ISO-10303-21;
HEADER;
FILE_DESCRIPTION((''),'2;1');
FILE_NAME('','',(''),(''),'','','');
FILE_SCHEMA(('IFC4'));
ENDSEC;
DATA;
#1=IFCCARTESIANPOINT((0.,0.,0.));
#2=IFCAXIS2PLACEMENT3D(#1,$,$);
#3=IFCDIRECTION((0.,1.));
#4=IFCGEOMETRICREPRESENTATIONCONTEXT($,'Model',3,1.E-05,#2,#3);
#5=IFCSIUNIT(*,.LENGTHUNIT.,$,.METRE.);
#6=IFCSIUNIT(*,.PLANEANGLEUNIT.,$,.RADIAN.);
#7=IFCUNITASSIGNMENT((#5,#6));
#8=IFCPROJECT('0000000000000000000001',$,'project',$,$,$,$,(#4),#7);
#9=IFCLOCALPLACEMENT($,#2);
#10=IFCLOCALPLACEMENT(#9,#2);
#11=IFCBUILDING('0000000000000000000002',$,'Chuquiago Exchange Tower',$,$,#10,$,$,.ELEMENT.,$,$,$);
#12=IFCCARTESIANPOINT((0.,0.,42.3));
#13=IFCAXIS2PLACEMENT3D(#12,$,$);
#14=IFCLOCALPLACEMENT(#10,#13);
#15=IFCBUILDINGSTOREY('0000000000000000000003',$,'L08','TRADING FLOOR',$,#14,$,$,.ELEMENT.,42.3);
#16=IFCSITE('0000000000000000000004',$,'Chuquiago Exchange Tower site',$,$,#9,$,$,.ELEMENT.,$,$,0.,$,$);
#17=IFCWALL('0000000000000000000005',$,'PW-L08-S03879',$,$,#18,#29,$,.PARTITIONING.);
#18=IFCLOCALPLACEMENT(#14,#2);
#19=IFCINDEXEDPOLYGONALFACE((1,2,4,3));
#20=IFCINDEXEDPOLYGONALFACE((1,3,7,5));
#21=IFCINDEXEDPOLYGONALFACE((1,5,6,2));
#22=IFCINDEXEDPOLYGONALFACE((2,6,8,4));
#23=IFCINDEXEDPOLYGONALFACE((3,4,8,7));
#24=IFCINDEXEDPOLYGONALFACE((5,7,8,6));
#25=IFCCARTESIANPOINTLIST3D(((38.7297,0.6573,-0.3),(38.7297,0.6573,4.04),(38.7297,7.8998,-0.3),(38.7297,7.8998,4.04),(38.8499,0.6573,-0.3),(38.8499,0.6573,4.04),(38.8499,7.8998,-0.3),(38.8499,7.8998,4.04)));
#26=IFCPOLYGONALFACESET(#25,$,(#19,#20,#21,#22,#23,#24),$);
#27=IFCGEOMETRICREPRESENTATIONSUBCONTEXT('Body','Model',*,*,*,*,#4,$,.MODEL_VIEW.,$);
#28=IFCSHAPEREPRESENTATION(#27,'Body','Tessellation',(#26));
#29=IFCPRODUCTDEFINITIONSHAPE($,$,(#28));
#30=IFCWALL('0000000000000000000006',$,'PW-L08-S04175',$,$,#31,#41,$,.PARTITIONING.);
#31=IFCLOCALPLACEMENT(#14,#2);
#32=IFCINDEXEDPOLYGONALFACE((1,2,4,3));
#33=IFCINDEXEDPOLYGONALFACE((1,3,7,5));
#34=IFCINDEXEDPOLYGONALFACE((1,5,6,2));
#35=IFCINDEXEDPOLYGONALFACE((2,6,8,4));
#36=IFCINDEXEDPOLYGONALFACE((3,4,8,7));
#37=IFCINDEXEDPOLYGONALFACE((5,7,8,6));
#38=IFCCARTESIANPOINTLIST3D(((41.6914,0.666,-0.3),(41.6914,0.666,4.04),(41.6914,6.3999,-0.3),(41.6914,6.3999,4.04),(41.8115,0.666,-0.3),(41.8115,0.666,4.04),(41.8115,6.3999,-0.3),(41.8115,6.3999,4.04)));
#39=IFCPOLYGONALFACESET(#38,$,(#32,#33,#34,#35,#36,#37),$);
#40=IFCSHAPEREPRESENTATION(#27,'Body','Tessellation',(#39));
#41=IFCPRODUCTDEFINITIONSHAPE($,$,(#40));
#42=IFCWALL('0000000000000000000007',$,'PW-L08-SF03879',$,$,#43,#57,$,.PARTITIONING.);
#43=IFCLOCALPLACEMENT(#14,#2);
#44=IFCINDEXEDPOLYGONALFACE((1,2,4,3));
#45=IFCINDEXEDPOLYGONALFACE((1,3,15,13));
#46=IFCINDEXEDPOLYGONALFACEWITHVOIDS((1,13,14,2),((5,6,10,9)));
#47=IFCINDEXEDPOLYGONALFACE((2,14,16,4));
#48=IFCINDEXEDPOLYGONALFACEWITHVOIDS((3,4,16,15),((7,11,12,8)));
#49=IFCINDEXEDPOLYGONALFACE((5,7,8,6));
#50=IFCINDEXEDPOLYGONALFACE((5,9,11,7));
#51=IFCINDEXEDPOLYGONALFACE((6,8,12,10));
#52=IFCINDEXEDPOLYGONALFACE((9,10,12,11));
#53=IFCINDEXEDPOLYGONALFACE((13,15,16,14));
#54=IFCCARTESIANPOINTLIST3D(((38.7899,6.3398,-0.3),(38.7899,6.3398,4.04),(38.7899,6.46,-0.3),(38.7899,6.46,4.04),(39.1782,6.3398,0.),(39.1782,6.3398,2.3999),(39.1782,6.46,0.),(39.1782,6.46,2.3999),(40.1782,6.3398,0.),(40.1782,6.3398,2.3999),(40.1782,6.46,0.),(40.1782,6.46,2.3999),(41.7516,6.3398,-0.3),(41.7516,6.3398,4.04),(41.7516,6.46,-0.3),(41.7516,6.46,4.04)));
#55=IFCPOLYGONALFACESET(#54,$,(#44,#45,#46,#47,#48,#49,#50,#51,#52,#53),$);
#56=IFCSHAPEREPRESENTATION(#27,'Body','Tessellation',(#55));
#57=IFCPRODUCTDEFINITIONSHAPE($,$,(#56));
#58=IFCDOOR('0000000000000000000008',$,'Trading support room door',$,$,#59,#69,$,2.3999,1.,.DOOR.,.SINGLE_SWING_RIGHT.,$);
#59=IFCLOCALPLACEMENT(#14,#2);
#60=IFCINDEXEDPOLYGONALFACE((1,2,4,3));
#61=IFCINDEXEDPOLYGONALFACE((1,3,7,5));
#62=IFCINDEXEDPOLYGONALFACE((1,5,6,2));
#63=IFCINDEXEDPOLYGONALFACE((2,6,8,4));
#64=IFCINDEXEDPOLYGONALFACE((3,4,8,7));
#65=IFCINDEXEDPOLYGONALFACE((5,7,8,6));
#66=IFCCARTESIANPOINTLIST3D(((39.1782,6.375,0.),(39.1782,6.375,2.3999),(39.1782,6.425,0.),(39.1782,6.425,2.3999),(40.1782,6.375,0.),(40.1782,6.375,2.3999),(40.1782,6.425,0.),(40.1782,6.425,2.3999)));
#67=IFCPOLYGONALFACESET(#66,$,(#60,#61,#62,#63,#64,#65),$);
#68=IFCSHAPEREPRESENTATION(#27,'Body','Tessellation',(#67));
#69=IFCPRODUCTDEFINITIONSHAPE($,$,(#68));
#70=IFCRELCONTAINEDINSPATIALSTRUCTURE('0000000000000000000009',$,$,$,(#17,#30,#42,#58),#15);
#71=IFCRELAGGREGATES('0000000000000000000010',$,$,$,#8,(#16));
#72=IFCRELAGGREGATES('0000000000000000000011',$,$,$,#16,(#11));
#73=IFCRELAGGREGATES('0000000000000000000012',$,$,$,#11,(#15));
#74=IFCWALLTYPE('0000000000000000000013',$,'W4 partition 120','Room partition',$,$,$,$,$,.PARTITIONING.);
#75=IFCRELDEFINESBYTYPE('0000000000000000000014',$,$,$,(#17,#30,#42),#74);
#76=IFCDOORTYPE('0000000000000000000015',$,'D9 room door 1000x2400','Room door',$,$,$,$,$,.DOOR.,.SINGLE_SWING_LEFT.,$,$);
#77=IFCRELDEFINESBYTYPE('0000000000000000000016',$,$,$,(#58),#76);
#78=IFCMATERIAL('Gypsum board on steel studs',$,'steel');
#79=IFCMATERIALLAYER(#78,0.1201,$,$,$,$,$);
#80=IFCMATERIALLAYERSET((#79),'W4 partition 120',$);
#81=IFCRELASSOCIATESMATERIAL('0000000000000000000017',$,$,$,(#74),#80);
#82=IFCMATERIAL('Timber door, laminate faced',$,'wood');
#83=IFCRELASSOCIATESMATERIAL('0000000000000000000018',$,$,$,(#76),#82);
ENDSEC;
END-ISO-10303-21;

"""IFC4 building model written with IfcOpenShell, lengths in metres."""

from ifc_helpers import new_model, si_unit, direction, frame, frame_2d, origin, place, context, subcontext, project, spatial, rectangle, extrude, material, layer, layer_set, type_object, element, fill, save


model = new_model("IFC4")

# Units and contexts
model_context = context("Model", 3, precision=1e-05, world=origin(), true_north=direction((0.0, 1.0)))
body_context = subcontext(model_context, "Body", "Model", "MODEL_VIEW")
ifc_project = project(units=[si_unit("LENGTHUNIT", "METRE"), si_unit("PLANEANGLEUNIT", "RADIAN")], contexts=[model_context])

# Site, building, storey
site_placement = place(None, origin())
site = spatial("IfcSite", under=ifc_project, at=site_placement, Name="Chuquiago Exchange Tower site", CompositionType="ELEMENT", RefElevation=0.0)
building_placement = place(site_placement, origin())
building = spatial("IfcBuilding", under=site, at=building_placement, Name="Chuquiago Exchange Tower", CompositionType="ELEMENT")
storey_placement = place(building_placement, frame((0.0, 0.0, 42.3)))
storey = spatial("IfcBuildingStorey", under=building, at=storey_placement, Name="L08", Description="TRADING FLOOR", CompositionType="ELEMENT", Elevation=42.3)

# Walls
ifc_material_1 = material(Name="Gypsum board on steel studs", Category="steel")
ifc_layer_1 = layer(ifc_material_1, 0.1201)
ifc_layer_set_1 = layer_set([ifc_layer_1], Name="W4 partition 120")
wall_type = type_object("IfcWallType", Name="W4 partition 120", Description="Room partition", PredefinedType="PARTITIONING", material=ifc_layer_set_1)
wall_1_placement = place(storey_placement, frame((38.7898, 0.6575, -0.3), z_axis=(0.0, 0.0, 1.0), x_axis=(0.0, 1.0, 0.0)))
element("IfcWall", 1, at=wall_1_placement, inside=storey, type_object=wall_type, Name="PW-L08-S03879", PredefinedType="PARTITIONING", context=body_context, shape_type="SweptSolid", body=[
    extrude(rectangle(XDim=7.2424, YDim=0.1201, at=frame_2d((3.6211, 0.0))), origin(), (0.0, 0.0, 1.0), 4.3401),
])
wall_2_placement = place(storey_placement, frame((41.7515, 0.666, -0.3), z_axis=(0.0, 0.0, 1.0), x_axis=(0.0, 1.0, 0.0)))
element("IfcWall", 2, at=wall_2_placement, inside=storey, type_object=wall_type, Name="PW-L08-S04175", PredefinedType="PARTITIONING", context=body_context, shape_type="SweptSolid", body=[
    extrude(rectangle(XDim=5.7339, YDim=0.1201, at=frame_2d((2.8669, 0.0))), origin(), (0.0, 0.0, 1.0), 4.3401),
])

# Wall, opening, door
wall_3_placement = place(storey_placement, frame((38.7898, 6.3999, -0.3), z_axis=(0.0, 0.0, 1.0), x_axis=(1.0, 0.0, 0.0)))
wall_3 = element("IfcWall", 3, at=wall_3_placement, inside=storey, type_object=wall_type, Name="PW-L08-SF03879", PredefinedType="PARTITIONING", context=body_context, shape_type="SweptSolid", body=[
    extrude(rectangle(XDim=2.9617, YDim=0.1201, at=frame_2d((1.481, 0.0))), origin(), (0.0, 0.0, 1.0), 4.3401),
])
opening_placement = place(wall_3_placement, frame((0.3884, 0.0, 0.3)))
opening = element("IfcOpeningElement", 4, at=opening_placement, cuts=wall_3, PredefinedType="OPENING", context=body_context, shape_type="SweptSolid", body=[
    extrude(rectangle(XDim=1.0, YDim=2.3999, at=frame_2d((0.5, 1.2))), frame((0.0, 0.0701, 0.0), z_axis=(0.0, -1.0, 0.0), x_axis=(1.0, 0.0, 0.0)), (0.0, 0.0, 1.0), 0.1401),
])
ifc_material_2 = material(Name="Timber door, laminate faced", Category="wood")
door_type = type_object("IfcDoorType", Name="D9 room door 1000x2400", Description="Room door", OperationType="SINGLE_SWING_LEFT", PredefinedType="DOOR", material=ifc_material_2)
door_placement = place(opening_placement, frame((1.0, 0.0, 0.0), z_axis=(0.0, 0.0, 1.0), x_axis=(-1.0, 0.0, 0.0)))
door = element("IfcDoor", 5, at=door_placement, inside=storey, type_object=door_type, Name="Trading support room door", OperationType="SINGLE_SWING_RIGHT", OverallHeight=2.3999, OverallWidth=1.0, PredefinedType="DOOR", context=body_context, shape_type="SweptSolid", body=[
    extrude(rectangle(XDim=1.0, YDim=2.3999, at=frame_2d((0.5, 1.2))), frame((0.0, 0.0249, 0.0), z_axis=(0.0, -1.0, 0.0), x_axis=(1.0, 0.0, 0.0)), (0.0, 0.0, 1.0), 0.05),
])
fill(opening, door)

save(model, "model.ifc")
